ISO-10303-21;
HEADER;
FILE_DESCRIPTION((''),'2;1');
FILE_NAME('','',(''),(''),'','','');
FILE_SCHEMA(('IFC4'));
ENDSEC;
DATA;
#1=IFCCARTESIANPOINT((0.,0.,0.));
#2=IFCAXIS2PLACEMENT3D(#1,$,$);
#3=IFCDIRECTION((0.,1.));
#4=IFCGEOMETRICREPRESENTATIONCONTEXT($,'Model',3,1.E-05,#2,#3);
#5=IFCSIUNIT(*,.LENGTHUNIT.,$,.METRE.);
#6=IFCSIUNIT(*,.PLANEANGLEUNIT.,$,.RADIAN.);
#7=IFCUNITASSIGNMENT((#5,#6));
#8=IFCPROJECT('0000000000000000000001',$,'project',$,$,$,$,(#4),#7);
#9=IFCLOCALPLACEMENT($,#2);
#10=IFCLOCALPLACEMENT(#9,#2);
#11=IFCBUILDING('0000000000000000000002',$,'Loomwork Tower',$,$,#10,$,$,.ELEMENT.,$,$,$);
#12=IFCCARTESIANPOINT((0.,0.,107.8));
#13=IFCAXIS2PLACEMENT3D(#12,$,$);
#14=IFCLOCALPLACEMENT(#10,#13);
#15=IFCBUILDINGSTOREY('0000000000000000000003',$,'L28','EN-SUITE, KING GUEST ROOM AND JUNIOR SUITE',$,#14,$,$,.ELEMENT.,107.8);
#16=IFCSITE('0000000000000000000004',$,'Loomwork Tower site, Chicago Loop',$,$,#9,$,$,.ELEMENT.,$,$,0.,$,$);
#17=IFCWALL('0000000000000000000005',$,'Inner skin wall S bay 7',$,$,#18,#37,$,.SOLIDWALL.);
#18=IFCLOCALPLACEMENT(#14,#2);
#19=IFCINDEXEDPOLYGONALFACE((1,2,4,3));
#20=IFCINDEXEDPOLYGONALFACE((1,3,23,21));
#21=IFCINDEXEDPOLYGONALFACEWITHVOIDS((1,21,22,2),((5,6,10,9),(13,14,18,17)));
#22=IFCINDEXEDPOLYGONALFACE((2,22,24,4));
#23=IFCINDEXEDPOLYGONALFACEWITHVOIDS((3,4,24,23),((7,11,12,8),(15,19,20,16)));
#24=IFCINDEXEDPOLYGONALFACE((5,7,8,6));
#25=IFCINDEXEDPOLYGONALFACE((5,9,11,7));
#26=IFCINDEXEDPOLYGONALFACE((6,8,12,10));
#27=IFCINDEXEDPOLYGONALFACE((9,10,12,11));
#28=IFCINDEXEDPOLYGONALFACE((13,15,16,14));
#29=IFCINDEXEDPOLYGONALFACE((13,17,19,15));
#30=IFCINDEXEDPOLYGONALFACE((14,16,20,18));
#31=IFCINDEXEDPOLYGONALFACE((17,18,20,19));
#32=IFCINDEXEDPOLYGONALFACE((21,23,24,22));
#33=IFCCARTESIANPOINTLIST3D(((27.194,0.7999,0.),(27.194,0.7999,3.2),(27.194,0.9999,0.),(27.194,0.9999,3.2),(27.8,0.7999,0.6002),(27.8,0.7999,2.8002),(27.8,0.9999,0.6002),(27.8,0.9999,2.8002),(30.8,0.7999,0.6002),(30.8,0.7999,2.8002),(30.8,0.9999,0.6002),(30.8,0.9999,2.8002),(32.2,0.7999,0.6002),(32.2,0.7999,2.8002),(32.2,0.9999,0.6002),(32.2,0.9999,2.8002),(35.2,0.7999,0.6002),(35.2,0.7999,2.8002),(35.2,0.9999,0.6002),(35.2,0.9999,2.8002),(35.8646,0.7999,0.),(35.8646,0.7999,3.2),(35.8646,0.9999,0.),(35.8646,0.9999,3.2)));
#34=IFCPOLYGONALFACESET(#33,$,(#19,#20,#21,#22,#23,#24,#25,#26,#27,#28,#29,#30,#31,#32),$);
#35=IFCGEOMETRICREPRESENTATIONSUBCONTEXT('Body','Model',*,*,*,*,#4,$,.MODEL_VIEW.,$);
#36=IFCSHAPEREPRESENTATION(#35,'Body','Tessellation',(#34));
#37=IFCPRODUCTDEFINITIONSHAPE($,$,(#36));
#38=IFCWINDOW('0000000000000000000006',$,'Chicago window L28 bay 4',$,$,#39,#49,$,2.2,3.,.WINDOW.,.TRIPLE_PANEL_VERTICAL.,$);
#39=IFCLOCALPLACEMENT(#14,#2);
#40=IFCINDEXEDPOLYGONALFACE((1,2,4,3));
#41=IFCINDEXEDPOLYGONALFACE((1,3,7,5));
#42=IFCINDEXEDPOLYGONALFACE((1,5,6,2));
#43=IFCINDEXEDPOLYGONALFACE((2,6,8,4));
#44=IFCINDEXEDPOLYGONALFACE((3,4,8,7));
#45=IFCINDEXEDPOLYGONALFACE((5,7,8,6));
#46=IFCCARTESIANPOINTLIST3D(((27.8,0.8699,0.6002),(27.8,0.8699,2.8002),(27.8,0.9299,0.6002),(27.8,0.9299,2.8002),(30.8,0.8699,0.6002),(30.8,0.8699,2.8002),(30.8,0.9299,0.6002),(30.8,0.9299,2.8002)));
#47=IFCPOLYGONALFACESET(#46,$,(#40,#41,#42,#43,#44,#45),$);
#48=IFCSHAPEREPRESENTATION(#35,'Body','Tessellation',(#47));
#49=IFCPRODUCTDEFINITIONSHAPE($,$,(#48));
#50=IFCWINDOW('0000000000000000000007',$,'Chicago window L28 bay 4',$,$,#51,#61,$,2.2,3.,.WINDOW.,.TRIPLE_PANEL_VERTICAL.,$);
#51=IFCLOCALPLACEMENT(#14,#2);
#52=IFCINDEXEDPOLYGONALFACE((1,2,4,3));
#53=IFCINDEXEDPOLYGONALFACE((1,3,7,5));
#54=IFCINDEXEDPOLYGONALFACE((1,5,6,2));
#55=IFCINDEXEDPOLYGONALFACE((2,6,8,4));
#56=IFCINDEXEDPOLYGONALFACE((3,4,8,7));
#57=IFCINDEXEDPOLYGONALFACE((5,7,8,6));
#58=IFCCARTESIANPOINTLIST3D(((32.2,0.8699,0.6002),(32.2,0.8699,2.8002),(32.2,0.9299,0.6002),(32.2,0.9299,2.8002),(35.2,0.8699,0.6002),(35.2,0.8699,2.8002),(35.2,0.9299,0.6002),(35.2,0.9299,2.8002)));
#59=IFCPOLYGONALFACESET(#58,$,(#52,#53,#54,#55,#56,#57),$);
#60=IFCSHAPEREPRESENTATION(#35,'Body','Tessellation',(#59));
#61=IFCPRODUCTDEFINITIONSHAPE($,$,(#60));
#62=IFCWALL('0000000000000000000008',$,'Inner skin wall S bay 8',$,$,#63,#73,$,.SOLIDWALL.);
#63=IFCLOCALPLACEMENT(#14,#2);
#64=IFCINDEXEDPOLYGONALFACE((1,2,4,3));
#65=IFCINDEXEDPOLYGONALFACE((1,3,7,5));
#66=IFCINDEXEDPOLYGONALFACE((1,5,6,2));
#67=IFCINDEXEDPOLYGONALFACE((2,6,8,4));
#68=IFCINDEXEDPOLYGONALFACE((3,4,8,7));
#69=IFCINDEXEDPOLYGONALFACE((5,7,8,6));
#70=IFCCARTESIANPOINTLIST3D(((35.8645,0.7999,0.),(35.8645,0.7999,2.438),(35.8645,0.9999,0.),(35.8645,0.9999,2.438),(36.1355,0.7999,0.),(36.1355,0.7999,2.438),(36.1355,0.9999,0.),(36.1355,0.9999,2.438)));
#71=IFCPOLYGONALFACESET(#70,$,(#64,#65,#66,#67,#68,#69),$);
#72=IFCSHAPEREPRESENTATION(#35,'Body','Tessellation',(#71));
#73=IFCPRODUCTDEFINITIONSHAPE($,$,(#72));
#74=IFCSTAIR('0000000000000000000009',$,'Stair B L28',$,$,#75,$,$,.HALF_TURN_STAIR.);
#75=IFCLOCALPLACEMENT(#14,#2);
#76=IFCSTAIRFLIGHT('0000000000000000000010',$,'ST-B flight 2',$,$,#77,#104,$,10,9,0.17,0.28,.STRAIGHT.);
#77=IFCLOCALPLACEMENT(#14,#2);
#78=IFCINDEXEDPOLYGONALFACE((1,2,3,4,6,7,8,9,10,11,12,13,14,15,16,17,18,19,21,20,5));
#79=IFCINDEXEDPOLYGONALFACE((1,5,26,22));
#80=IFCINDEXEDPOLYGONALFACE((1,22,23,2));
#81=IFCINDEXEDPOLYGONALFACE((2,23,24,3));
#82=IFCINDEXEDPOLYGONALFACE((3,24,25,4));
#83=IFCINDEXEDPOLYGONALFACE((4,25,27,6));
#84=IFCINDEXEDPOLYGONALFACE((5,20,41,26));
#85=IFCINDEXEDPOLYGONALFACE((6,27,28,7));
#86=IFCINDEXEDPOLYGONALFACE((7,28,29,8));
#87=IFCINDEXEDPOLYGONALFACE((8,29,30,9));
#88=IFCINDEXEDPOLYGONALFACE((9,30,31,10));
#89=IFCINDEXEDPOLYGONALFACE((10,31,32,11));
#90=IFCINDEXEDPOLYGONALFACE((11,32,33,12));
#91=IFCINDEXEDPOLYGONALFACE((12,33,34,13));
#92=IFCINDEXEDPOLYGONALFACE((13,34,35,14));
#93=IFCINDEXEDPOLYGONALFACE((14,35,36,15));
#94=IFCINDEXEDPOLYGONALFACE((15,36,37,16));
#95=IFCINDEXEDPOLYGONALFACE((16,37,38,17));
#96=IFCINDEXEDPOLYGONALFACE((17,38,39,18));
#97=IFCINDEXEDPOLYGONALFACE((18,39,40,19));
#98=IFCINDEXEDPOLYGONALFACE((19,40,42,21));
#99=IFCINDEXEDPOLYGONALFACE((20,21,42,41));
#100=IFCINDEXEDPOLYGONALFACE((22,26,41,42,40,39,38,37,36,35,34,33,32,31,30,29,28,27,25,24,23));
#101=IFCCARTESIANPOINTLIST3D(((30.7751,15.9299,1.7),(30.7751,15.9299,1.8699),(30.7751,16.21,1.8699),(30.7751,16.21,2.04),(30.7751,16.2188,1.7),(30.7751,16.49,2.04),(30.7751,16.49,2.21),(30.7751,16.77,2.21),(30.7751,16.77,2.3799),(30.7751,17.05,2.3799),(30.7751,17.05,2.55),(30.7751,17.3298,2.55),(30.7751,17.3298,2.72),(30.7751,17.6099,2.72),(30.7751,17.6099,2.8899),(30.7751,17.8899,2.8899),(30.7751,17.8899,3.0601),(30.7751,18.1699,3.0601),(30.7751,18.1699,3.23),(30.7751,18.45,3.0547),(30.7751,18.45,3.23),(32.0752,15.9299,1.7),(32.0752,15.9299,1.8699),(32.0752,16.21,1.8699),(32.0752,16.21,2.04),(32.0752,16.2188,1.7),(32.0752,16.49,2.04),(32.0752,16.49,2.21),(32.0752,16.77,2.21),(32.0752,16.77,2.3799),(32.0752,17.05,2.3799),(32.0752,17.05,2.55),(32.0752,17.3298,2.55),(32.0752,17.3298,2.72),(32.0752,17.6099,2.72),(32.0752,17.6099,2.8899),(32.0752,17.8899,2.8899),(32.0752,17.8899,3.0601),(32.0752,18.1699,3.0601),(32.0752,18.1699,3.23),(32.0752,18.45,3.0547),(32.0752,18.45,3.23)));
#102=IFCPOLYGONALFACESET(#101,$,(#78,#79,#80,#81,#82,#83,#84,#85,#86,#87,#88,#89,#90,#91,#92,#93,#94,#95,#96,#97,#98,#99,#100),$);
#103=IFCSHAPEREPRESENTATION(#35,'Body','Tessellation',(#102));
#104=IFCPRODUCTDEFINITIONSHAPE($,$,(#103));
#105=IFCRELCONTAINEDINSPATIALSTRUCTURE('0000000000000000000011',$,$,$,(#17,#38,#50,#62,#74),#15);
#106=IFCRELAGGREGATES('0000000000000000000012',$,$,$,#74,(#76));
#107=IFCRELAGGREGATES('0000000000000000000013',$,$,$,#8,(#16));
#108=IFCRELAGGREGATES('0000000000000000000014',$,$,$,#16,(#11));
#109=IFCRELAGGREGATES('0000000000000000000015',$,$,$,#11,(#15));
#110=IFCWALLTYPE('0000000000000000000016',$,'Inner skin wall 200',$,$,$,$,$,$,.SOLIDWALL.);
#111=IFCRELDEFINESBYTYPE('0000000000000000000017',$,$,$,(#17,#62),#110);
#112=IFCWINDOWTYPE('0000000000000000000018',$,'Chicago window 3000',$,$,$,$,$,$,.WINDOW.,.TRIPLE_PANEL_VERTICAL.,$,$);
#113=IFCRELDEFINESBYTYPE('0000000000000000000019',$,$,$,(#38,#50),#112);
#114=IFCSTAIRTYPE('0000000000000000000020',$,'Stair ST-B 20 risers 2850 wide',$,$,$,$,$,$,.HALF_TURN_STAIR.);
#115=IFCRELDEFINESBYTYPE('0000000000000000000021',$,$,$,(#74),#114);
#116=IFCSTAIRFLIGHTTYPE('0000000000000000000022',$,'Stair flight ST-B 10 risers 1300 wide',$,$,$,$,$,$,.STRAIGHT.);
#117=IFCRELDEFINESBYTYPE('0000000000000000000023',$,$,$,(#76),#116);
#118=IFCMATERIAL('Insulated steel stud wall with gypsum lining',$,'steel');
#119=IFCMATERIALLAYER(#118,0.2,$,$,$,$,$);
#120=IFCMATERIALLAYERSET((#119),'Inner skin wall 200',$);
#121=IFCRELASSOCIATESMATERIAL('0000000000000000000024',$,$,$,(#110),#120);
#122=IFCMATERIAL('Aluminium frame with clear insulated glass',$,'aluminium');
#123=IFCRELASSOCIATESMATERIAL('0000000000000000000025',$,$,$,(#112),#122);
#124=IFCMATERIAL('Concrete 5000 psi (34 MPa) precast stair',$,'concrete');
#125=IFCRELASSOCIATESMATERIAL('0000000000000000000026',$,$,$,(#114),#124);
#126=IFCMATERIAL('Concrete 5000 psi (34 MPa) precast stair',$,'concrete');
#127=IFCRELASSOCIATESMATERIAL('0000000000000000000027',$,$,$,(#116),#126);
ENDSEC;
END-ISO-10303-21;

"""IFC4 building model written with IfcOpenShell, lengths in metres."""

from ifc_helpers import new_model, si_unit, direction, frame, frame_2d, origin, place, context, subcontext, project, spatial, polyline, rectangle, outline, extrude, material, layer, layer_set, type_object, element, fill, aggregate, save


model = new_model("IFC4")

# Units and contexts
model_context = context("Model", 3, precision=1e-05, world=origin(), true_north=direction((0.0, 1.0)))
body_context = subcontext(model_context, "Body", "Model", "MODEL_VIEW")
ifc_project = project(units=[si_unit("LENGTHUNIT", "METRE"), si_unit("PLANEANGLEUNIT", "RADIAN")], contexts=[model_context])

# Site, building, storey
site_placement = place(None, origin())
site = spatial("IfcSite", under=ifc_project, at=site_placement, Name="Loomwork Tower site, Chicago Loop", CompositionType="ELEMENT", RefElevation=0.0)
building_placement = place(site_placement, origin())
building = spatial("IfcBuilding", under=site, at=building_placement, Name="Loomwork Tower", CompositionType="ELEMENT")
storey_placement = place(building_placement, frame((0.0, 0.0, 107.8)))
storey = spatial("IfcBuildingStorey", under=building, at=storey_placement, Name="L28", Description="EN-SUITE, KING GUEST ROOM AND JUNIOR SUITE", CompositionType="ELEMENT", Elevation=107.8)

# Wall, openings, windows
ifc_material_1 = material(Name="Insulated steel stud wall with gypsum lining", Category="steel")
ifc_layer_1 = layer(ifc_material_1, 0.2)
ifc_layer_set_1 = layer_set([ifc_layer_1], Name="Inner skin wall 200")
wall_type_1 = type_object("IfcWallType", Name="Inner skin wall 200", PredefinedType="SOLIDWALL", material=ifc_layer_set_1)
wall_1_placement = place(storey_placement, frame((27.1938, 0.8999, 0.0), z_axis=(0.0, 0.0, 1.0), x_axis=(1.0, 0.0, 0.0)))
wall_1 = element("IfcWall", 1, at=wall_1_placement, inside=storey, type_object=wall_type_1, Name="Inner skin wall S bay 7", PredefinedType="SOLIDWALL", context=body_context, shape_type="SweptSolid", body=[
    extrude(rectangle(XDim=8.6707, YDim=0.2, at=frame_2d((4.3354, 0.0))), origin(), (0.0, 0.0, 1.0), 3.2),
])
opening_1_placement = place(wall_1_placement, frame((0.6062, 0.0, 0.6001)))
opening_1 = element("IfcOpeningElement", 2, at=opening_1_placement, cuts=wall_1, PredefinedType="OPENING", context=body_context, shape_type="SweptSolid", body=[
    extrude(rectangle(XDim=3.0, YDim=2.2, at=frame_2d((1.5, 1.1001))), frame((0.0, 0.1099, 0.0), z_axis=(0.0, -1.0, 0.0), x_axis=(1.0, 0.0, 0.0)), (0.0, 0.0, 1.0), 0.22),
])
opening_2_placement = place(wall_1_placement, frame((5.0061, 0.0, 0.6001)))
opening_2 = element("IfcOpeningElement", 3, at=opening_2_placement, cuts=wall_1, PredefinedType="OPENING", context=body_context, shape_type="SweptSolid", body=[
    extrude(rectangle(XDim=3.0, YDim=2.2, at=frame_2d((1.5, 1.1001))), frame((0.0, 0.1099, 0.0), z_axis=(0.0, -1.0, 0.0), x_axis=(1.0, 0.0, 0.0)), (0.0, 0.0, 1.0), 0.22),
])
ifc_material_2 = material(Name="Aluminium frame with clear insulated glass", Category="aluminium")
window_type = type_object("IfcWindowType", Name="Chicago window 3000", PartitioningType="TRIPLE_PANEL_VERTICAL", PredefinedType="WINDOW", material=ifc_material_2)
window_1_placement = place(opening_1_placement, origin())
window_1 = element("IfcWindow", 4, at=window_1_placement, inside=storey, type_object=window_type, Name="Chicago window L28 bay 4", OverallHeight=2.2, OverallWidth=3.0, PartitioningType="TRIPLE_PANEL_VERTICAL", PredefinedType="WINDOW", context=body_context, shape_type="SweptSolid", body=[
    extrude(rectangle(XDim=3.0, YDim=2.2, at=frame_2d((1.5, 1.1001))), frame((0.0, 0.03, 0.0), z_axis=(0.0, -1.0, 0.0), x_axis=(1.0, 0.0, 0.0)), (0.0, 0.0, 1.0), 0.0601),
])
fill(opening_1, window_1)
window_2_placement = place(opening_2_placement, origin())
window_2 = element("IfcWindow", 5, at=window_2_placement, inside=storey, type_object=window_type, Name="Chicago window L28 bay 4", OverallHeight=2.2, OverallWidth=3.0, PartitioningType="TRIPLE_PANEL_VERTICAL", PredefinedType="WINDOW", context=body_context, shape_type="SweptSolid", body=[
    extrude(rectangle(XDim=3.0, YDim=2.2, at=frame_2d((1.5, 1.1001))), frame((0.0, 0.03, 0.0), z_axis=(0.0, -1.0, 0.0), x_axis=(1.0, 0.0, 0.0)), (0.0, 0.0, 1.0), 0.0601),
])
fill(opening_2, window_2)

# Wall
wall_2_placement = place(storey_placement, frame((35.8645, 0.8999, 0.0), z_axis=(0.0, 0.0, 1.0), x_axis=(1.0, 0.0, 0.0)))
element("IfcWall", 6, at=wall_2_placement, inside=storey, type_object=wall_type_1, Name="Inner skin wall S bay 8", PredefinedType="SOLIDWALL", context=body_context, shape_type="SweptSolid", body=[
    extrude(rectangle(XDim=0.271, YDim=0.2, at=frame_2d((0.1355, 0.0))), origin(), (0.0, 0.0, 1.0), 2.438),
])

# Stair, stair flight
ifc_material_3 = material(Name="Concrete 5000 psi (34 MPa) precast stair", Category="concrete")
stair_type = type_object("IfcStairType", Name="Stair ST-B 20 risers 2850 wide", PredefinedType="HALF_TURN_STAIR", material=ifc_material_3)
stair_placement = place(storey_placement, origin())
stair = element("IfcStair", 7, at=stair_placement, inside=storey, type_object=stair_type, Name="Stair B L28", PredefinedType="HALF_TURN_STAIR")
ifc_material_4 = material(Name="Concrete 5000 psi (34 MPa) precast stair", Category="concrete")
stair_flight_type = type_object("IfcStairFlightType", Name="Stair flight ST-B 10 risers 1300 wide", PredefinedType="STRAIGHT", material=ifc_material_4)
stair_flight_placement = place(storey_placement, frame((31.425, 15.9299, 1.7), z_axis=(0.0, 0.0, 1.0), x_axis=(0.0, 1.0, 0.0)))
stair_flight = element("IfcStairFlight", 8, at=stair_flight_placement, type_object=stair_flight_type, Name="ST-B flight 2", NumberOfRisers=10, NumberOfTreads=9, PredefinedType="STRAIGHT", RiserHeight=0.17, TreadLength=0.28, context=body_context, shape_type="SweptSolid", body=[
    extrude(outline(polyline([(0.0, 0.0), (0.0, 0.1699), (0.28, 0.1699), (0.28, 0.3401), (0.5601, 0.3401), (0.5601, 0.51), (0.8401, 0.51), (0.8401, 0.6799), (1.1201, 0.6799), (1.1201, 0.8501), (1.3999, 0.8501), (1.3999, 1.02), (1.6799, 1.02), (1.6799, 1.1899), (1.96, 1.1899), (1.96, 1.3601), (2.24, 1.3601), (2.24, 1.53), (2.52, 1.53), (2.52, 1.7), (2.52, 1.3547), (0.2888, 0.0), (0.0, 0.0)])), frame((0.0, 0.6499, 0.0), z_axis=(0.0, -1.0, 0.0), x_axis=(1.0, 0.0, 0.0)), (0.0, 0.0, 1.0), 1.3),
])
aggregate(stair, [stair_flight])

save(model, "model.ifc")
